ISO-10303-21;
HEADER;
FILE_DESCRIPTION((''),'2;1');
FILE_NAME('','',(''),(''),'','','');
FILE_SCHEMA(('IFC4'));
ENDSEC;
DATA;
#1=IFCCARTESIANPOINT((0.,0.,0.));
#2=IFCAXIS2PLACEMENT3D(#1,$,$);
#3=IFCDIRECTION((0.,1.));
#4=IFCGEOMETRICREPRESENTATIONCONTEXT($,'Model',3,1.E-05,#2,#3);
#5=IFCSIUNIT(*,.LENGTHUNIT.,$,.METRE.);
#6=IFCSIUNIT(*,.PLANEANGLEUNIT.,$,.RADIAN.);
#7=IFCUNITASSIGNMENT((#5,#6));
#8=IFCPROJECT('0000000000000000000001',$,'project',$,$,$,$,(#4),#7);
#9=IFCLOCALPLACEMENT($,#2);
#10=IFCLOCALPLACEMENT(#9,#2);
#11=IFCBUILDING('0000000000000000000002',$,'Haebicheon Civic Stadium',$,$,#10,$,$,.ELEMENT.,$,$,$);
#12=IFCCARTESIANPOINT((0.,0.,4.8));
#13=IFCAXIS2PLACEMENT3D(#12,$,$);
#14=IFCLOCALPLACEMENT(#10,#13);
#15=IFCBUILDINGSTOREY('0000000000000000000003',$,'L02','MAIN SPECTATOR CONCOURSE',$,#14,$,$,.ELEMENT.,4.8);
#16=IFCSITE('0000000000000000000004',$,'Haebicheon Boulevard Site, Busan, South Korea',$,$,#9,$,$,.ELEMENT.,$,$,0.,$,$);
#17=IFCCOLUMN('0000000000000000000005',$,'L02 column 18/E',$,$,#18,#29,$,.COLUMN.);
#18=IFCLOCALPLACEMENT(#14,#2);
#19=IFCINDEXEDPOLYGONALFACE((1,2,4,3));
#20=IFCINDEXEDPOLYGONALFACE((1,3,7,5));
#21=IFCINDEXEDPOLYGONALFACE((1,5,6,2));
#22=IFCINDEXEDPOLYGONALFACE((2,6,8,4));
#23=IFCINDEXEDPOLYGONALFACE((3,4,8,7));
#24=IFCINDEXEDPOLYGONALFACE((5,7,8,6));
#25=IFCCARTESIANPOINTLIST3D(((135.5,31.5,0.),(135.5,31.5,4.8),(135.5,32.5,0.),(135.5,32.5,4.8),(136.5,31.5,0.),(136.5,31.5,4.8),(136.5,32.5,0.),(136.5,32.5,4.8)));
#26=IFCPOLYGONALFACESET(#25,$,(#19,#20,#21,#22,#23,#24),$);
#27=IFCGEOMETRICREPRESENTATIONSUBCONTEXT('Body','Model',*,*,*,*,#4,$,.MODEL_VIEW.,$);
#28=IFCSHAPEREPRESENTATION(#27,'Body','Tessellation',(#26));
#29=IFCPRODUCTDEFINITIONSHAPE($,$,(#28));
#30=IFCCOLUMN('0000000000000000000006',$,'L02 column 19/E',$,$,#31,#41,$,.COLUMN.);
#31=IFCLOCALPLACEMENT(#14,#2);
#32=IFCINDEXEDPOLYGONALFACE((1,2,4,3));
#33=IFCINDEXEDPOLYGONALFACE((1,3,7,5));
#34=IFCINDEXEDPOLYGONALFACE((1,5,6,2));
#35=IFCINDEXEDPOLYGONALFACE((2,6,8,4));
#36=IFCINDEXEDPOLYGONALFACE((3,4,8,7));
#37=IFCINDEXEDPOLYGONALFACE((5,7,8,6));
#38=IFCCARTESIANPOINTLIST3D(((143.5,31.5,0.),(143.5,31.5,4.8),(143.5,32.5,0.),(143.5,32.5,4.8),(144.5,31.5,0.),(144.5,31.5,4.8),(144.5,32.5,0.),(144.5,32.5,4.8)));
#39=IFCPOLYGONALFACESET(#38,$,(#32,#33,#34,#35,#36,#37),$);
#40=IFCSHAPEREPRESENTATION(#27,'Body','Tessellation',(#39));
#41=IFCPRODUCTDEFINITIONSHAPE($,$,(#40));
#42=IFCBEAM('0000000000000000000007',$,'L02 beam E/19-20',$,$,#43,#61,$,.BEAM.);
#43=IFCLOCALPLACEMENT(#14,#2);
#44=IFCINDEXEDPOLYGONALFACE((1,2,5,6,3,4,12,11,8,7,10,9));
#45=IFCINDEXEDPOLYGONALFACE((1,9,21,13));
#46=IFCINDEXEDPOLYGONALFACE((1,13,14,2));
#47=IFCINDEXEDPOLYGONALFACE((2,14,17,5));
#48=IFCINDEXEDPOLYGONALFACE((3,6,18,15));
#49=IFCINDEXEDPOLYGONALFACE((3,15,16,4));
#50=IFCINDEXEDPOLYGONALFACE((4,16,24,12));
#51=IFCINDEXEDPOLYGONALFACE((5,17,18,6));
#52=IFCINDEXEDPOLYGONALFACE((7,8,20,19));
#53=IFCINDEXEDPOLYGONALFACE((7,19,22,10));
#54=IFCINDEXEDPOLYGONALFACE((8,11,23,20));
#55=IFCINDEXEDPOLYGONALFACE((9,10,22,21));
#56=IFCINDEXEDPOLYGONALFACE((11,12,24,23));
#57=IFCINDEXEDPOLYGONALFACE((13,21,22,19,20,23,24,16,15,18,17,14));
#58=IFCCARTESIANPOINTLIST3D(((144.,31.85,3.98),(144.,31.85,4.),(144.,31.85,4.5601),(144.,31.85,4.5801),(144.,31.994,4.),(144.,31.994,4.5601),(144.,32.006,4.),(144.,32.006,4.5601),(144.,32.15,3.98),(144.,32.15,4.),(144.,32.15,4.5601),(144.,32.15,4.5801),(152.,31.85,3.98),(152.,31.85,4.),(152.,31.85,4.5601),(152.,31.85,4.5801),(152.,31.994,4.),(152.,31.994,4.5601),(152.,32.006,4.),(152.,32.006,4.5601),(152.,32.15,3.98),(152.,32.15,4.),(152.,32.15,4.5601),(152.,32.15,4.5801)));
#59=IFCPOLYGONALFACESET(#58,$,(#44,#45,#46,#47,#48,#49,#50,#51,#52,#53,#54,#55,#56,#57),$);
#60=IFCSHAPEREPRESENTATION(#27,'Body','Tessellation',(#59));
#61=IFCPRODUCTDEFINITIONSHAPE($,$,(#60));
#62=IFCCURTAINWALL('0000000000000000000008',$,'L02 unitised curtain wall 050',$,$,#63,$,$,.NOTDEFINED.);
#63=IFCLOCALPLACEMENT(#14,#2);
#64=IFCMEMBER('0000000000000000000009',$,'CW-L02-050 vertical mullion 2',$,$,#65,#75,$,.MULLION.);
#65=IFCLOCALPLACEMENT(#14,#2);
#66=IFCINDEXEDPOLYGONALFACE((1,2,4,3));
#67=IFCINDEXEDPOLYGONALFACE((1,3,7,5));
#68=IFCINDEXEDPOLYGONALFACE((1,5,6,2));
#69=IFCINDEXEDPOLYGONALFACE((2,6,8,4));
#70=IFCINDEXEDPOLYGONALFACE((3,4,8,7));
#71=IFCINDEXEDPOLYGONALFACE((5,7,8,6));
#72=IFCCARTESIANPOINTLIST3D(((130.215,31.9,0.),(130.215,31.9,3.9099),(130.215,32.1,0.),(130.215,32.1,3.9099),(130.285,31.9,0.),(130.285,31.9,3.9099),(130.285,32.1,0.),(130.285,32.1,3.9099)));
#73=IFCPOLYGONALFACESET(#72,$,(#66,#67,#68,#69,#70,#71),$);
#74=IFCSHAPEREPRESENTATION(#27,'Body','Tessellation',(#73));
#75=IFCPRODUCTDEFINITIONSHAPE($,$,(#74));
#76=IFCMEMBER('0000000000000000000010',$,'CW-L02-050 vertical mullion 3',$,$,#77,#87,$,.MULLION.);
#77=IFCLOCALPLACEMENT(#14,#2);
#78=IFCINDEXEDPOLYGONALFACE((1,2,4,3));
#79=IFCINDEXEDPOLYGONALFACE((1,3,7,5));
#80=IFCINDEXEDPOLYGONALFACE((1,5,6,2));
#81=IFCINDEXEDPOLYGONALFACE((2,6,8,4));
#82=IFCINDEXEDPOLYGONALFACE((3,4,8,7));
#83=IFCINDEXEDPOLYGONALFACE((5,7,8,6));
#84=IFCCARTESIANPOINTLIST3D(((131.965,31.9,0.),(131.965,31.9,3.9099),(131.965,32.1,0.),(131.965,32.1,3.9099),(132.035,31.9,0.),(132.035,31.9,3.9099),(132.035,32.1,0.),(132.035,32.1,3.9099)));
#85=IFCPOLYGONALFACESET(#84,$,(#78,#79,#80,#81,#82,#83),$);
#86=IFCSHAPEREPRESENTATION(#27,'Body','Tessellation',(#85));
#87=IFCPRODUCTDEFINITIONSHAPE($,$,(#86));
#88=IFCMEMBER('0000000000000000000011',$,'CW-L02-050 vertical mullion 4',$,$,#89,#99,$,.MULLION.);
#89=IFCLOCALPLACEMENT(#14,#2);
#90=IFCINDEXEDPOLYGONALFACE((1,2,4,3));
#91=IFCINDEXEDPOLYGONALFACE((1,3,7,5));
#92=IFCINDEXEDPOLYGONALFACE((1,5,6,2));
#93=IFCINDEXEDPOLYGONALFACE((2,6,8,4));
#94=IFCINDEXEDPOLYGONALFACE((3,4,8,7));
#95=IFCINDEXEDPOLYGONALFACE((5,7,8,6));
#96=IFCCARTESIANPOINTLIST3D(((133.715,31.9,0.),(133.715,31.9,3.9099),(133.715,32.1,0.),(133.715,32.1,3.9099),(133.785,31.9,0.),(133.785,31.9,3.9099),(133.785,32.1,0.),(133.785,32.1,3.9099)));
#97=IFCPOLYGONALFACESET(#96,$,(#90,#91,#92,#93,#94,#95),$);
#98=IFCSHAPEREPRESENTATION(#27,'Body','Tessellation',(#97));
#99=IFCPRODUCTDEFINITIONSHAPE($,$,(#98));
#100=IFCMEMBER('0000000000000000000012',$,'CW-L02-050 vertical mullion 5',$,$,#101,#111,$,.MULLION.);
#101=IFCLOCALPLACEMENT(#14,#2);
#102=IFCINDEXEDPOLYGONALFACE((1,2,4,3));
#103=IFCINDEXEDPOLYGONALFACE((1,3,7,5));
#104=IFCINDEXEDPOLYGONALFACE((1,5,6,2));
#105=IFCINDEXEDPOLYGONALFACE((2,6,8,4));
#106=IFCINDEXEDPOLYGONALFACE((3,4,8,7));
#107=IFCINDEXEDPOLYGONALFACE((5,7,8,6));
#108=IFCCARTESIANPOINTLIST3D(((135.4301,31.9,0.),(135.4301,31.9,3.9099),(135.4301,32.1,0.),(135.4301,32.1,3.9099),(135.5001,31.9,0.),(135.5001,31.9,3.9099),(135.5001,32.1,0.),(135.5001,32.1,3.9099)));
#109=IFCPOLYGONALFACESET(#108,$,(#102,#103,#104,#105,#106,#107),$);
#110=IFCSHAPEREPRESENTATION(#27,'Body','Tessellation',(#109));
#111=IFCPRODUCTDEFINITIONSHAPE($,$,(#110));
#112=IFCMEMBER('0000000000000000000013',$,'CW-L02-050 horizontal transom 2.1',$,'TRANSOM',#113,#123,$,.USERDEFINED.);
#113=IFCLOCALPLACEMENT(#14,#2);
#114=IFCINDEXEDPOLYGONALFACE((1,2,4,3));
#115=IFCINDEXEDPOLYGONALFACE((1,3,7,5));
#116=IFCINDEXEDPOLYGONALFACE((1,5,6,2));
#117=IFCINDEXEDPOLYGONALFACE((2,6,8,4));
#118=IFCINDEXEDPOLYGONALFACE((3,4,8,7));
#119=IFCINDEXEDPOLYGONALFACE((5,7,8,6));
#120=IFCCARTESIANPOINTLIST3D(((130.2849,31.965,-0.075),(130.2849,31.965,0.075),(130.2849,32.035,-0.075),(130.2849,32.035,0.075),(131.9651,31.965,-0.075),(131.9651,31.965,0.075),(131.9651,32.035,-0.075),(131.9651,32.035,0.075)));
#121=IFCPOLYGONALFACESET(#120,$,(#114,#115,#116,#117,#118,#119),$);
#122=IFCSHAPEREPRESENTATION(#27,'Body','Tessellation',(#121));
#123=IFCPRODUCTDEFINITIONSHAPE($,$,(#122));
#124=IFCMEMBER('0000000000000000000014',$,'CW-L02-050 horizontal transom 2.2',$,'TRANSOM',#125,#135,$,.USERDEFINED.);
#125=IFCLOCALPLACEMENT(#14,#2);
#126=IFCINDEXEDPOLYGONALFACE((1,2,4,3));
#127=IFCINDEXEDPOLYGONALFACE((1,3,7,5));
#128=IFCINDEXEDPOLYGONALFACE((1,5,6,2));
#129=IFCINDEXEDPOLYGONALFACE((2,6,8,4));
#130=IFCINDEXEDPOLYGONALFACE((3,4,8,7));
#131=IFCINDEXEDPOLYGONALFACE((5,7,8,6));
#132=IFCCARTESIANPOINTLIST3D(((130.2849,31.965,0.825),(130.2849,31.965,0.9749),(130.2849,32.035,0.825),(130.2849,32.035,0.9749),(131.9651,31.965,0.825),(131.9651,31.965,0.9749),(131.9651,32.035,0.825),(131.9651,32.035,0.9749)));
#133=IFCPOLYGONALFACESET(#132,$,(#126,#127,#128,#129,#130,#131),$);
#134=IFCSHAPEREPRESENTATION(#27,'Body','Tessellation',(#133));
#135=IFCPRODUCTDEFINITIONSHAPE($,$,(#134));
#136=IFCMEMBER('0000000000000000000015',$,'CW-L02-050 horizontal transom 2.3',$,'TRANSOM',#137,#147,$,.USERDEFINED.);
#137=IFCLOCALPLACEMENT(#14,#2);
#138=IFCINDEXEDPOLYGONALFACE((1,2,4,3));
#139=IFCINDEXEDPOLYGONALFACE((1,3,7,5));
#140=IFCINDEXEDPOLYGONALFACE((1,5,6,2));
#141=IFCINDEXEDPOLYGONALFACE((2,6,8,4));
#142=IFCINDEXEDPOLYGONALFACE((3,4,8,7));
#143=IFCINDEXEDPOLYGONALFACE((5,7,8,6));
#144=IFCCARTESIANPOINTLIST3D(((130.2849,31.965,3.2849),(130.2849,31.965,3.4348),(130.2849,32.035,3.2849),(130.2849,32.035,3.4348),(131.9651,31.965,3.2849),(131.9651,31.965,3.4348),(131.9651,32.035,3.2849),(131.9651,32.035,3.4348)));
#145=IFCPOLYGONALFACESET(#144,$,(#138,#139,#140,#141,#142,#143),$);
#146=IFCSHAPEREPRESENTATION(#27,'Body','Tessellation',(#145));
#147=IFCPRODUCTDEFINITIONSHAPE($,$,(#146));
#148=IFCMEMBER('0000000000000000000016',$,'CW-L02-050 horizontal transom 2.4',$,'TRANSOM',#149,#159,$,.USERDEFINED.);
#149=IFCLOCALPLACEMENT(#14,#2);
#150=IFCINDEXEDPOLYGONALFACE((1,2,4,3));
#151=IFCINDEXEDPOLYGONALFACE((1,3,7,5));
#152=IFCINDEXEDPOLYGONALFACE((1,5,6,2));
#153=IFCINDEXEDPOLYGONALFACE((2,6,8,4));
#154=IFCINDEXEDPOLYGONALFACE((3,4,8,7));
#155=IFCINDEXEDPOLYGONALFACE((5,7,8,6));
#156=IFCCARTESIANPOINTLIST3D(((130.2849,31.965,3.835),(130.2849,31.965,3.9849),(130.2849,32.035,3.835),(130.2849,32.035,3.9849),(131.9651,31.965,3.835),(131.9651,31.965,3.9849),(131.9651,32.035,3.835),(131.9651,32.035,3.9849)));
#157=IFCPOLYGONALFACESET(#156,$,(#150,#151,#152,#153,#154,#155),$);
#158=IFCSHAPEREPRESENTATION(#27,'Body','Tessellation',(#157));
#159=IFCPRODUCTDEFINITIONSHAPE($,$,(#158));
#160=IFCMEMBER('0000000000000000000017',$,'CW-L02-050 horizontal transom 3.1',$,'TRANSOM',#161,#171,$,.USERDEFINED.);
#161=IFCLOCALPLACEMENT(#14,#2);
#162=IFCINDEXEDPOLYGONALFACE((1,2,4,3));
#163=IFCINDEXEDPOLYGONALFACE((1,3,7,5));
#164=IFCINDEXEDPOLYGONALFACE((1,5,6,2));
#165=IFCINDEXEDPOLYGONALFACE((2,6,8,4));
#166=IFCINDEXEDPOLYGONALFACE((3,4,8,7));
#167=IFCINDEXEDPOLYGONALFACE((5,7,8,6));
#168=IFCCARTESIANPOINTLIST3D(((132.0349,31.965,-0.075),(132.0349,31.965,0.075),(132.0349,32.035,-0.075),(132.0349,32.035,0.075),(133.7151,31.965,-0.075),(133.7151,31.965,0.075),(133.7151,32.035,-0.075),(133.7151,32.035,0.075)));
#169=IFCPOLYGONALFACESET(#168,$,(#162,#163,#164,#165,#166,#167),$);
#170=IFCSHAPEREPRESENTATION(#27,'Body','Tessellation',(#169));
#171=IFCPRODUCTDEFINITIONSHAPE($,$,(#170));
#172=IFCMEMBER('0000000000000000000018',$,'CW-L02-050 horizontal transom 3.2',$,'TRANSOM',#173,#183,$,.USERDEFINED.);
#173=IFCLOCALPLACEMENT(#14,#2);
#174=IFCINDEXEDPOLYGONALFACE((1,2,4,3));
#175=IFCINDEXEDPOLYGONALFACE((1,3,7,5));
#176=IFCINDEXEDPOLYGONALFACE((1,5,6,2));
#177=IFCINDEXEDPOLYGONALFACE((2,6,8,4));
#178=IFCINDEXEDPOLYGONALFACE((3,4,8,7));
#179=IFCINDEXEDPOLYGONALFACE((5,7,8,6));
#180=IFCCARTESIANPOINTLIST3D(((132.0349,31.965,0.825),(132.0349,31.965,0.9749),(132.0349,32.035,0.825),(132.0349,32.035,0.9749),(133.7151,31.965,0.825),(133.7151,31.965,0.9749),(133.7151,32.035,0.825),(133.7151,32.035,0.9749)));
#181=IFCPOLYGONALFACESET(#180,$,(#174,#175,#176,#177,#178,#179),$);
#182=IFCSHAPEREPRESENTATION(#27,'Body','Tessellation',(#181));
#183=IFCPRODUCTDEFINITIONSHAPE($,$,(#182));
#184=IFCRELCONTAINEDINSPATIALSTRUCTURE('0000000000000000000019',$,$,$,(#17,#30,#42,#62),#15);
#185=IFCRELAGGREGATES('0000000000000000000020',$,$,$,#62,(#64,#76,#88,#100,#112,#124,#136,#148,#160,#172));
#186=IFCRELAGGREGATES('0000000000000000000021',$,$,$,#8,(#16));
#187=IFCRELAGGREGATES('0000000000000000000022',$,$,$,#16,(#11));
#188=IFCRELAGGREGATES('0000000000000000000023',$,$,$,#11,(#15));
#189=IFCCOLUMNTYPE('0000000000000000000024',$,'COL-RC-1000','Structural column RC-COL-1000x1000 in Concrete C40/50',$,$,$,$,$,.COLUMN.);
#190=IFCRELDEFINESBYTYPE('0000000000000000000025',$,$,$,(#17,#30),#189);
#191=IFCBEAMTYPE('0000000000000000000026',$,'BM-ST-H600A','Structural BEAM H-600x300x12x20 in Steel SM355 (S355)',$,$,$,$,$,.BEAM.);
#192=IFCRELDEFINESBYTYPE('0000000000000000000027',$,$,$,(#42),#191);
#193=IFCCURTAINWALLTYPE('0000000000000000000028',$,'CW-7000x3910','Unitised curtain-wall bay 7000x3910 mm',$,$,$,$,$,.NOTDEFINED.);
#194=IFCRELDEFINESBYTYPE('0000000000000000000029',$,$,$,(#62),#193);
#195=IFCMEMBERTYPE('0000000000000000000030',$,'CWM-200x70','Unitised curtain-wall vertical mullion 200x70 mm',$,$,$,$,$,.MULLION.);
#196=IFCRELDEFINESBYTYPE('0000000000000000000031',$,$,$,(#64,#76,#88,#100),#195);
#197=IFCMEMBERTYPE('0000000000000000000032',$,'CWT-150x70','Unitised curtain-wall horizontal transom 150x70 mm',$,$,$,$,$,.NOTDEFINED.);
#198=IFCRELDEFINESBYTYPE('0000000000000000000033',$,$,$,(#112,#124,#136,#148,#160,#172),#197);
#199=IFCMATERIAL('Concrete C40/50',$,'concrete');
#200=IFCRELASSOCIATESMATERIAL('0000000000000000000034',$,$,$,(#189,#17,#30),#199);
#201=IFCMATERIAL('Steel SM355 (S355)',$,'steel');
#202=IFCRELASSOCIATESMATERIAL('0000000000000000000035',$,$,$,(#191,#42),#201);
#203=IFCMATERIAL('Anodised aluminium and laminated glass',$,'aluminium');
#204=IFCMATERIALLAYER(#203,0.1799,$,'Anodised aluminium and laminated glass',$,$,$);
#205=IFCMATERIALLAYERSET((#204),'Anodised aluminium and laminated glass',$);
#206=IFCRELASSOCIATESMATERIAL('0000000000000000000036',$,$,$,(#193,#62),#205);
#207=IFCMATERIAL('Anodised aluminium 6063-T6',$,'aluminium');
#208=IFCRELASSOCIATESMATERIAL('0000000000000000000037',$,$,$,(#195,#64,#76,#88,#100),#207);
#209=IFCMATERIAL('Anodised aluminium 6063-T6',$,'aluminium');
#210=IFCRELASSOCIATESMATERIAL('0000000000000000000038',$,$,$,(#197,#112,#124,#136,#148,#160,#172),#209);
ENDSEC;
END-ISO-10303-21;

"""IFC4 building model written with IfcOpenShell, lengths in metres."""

from ifc_helpers import new_model, si_unit, direction, frame, origin, origin_2d, place, context, subcontext, project, spatial, rectangle, i_section, extrude, material, layer, layer_set, material_profile, profile_set, type_object, element, aggregate, save


model = new_model("IFC4")

# Units and contexts
model_context = context("Model", 3, precision=1e-05, world=origin(), true_north=direction((0.0, 1.0)))
body_context = subcontext(model_context, "Body", "Model", "MODEL_VIEW")
ifc_project = project(units=[si_unit("LENGTHUNIT", "METRE"), si_unit("PLANEANGLEUNIT", "RADIAN")], contexts=[model_context])

# Site, building, storey
site_placement = place(None, origin())
site = spatial("IfcSite", under=ifc_project, at=site_placement, Name="Haebicheon Boulevard Site, Busan, South Korea", CompositionType="ELEMENT", RefElevation=0.0)
building_placement = place(site_placement, origin())
building = spatial("IfcBuilding", under=site, at=building_placement, Name="Haebicheon Civic Stadium", CompositionType="ELEMENT")
storey_placement = place(building_placement, frame((0.0, 0.0, 4.8)))
storey = spatial("IfcBuildingStorey", under=building, at=storey_placement, Name="L02", Description="MAIN SPECTATOR CONCOURSE", CompositionType="ELEMENT", Elevation=4.8)

# Columns
ifc_material_1 = material(Name="Concrete C40/50", Category="concrete")
ifc_material_profile_1 = material_profile(ifc_material_1, rectangle(XDim=1.0, YDim=1.0, at=origin_2d()), Name="RC-COL-1000x1000")
ifc_profile_set_1 = profile_set([ifc_material_profile_1], Name="Concrete C40/50")
column_type = type_object("IfcColumnType", Name="COL-RC-1000", Description="Structural column RC-COL-1000x1000 in Concrete C40/50", PredefinedType="COLUMN", material=ifc_profile_set_1)
for number, where, z_axis, x_axis, name in (
    (1, (136.0, 32.0, 0.0), (0.0, 0.0, 1.0), (1.0, 0.0, 0.0), "L02 column 18/E"),
    (2, (144.0, 32.0, 0.0), (0.0, 0.0, 1.0), (1.0, 0.0, 0.0), "L02 column 19/E"),
):
    element("IfcColumn", number, at=place(storey_placement, frame(where, z_axis=z_axis, x_axis=x_axis)), inside=storey, type_object=column_type, material=ifc_profile_set_1, Name=name, PredefinedType="COLUMN", context=body_context, shape_type="SweptSolid", body=[
        extrude(rectangle(XDim=1.0, YDim=1.0, at=origin_2d()), origin(), (0.0, 0.0, 1.0), 4.8),
    ])

# Beam
ifc_material_2 = material(Name="Steel SM355 (S355)", Category="steel")
ifc_material_profile_2 = material_profile(ifc_material_2, i_section(OverallWidth=0.3, OverallDepth=0.6001, WebThickness=0.012, FlangeThickness=0.02, at=origin_2d()), Name="H-600x300x12x20")
ifc_profile_set_2 = profile_set([ifc_material_profile_2], Name="Steel SM355 (S355)")
beam_type_1 = type_object("IfcBeamType", Name="BM-ST-H600A", Description="Structural BEAM H-600x300x12x20 in Steel SM355 (S355)", PredefinedType="BEAM", material=ifc_profile_set_2)
beam_placement = place(storey_placement, frame((144.0, 32.0, 4.28), z_axis=(1.0, 0.0, 0.0), x_axis=(0.0, 1.0, 0.0)))
element("IfcBeam", 3, at=beam_placement, inside=storey, type_object=beam_type_1, material=ifc_profile_set_2, Name="L02 beam E/19-20", PredefinedType="BEAM", context=body_context, shape_type="SweptSolid", body=[
    extrude(i_section(OverallWidth=0.3, OverallDepth=0.6001, WebThickness=0.012, FlangeThickness=0.02, at=origin_2d()), origin(), (0.0, 0.0, 1.0), 8.0),
])

# Curtain wall, members
ifc_material_3 = material(Name="Anodised aluminium and laminated glass", Category="aluminium")
ifc_layer_1 = layer(ifc_material_3, 0.1799, Name="Anodised aluminium and laminated glass")
ifc_layer_set_1 = layer_set([ifc_layer_1], Name="Anodised aluminium and laminated glass")
curtain_wall_type = type_object("IfcCurtainWallType", Name="CW-7000x3910", Description="Unitised curtain-wall bay 7000x3910 mm", PredefinedType="NOTDEFINED", material=ifc_layer_set_1)
curtain_wall_placement = place(storey_placement, origin())
curtain_wall = element("IfcCurtainWall", 4, at=curtain_wall_placement, inside=storey, type_object=curtain_wall_type, material=ifc_layer_set_1, Name="L02 unitised curtain wall 050", PredefinedType="NOTDEFINED")
ifc_material_4 = material(Name="Anodised aluminium 6063-T6", Category="aluminium")
ifc_material_profile_3 = material_profile(ifc_material_4, rectangle(XDim=0.0701, YDim=0.2, at=origin_2d()), Name="ALU-MULL-70x200")
ifc_profile_set_3 = profile_set([ifc_material_profile_3], Name="Anodised aluminium 6063-T6")
member_type_1 = type_object("IfcMemberType", Name="CWM-200x70", Description="Unitised curtain-wall vertical mullion 200x70 mm", PredefinedType="MULLION", material=ifc_profile_set_3)
member_1_placement = place(storey_placement, frame((130.25, 32.0, 0.0), z_axis=(0.0, 0.0, 1.0), x_axis=(1.0, 0.0, 0.0)))
member_1 = element("IfcMember", 5, at=member_1_placement, type_object=member_type_1, material=ifc_profile_set_3, Name="CW-L02-050 vertical mullion 2", PredefinedType="MULLION", context=body_context, shape_type="SweptSolid", body=[
    extrude(rectangle(XDim=0.0701, YDim=0.2, at=origin_2d()), origin(), (0.0, 0.0, 1.0), 3.9099),
])
member_2_placement = place(storey_placement, frame((132.0, 32.0, 0.0), z_axis=(0.0, 0.0, 1.0), x_axis=(1.0, 0.0, 0.0)))
member_2 = element("IfcMember", 6, at=member_2_placement, type_object=member_type_1, material=ifc_profile_set_3, Name="CW-L02-050 vertical mullion 3", PredefinedType="MULLION", context=body_context, shape_type="SweptSolid", body=[
    extrude(rectangle(XDim=0.0701, YDim=0.2, at=origin_2d()), origin(), (0.0, 0.0, 1.0), 3.9099),
])
member_3_placement = place(storey_placement, frame((133.75, 32.0, 0.0), z_axis=(0.0, 0.0, 1.0), x_axis=(1.0, 0.0, 0.0)))
member_3 = element("IfcMember", 7, at=member_3_placement, type_object=member_type_1, material=ifc_profile_set_3, Name="CW-L02-050 vertical mullion 4", PredefinedType="MULLION", context=body_context, shape_type="SweptSolid", body=[
    extrude(rectangle(XDim=0.0701, YDim=0.2, at=origin_2d()), origin(), (0.0, 0.0, 1.0), 3.9099),
])
member_4_placement = place(storey_placement, frame((135.4651, 32.0, 0.0), z_axis=(0.0, 0.0, 1.0), x_axis=(1.0, 0.0, 0.0)))
member_4 = element("IfcMember", 8, at=member_4_placement, type_object=member_type_1, material=ifc_profile_set_3, Name="CW-L02-050 vertical mullion 5", PredefinedType="MULLION", context=body_context, shape_type="SweptSolid", body=[
    extrude(rectangle(XDim=0.0701, YDim=0.2, at=origin_2d()), origin(), (0.0, 0.0, 1.0), 3.9099),
])
ifc_material_5 = material(Name="Anodised aluminium 6063-T6", Category="aluminium")
ifc_material_profile_4 = material_profile(ifc_material_5, rectangle(XDim=0.0701, YDim=0.1499, at=origin_2d()), Name="ALU-TRAN-70x150")
ifc_profile_set_4 = profile_set([ifc_material_profile_4], Name="Anodised aluminium 6063-T6")
member_type_2 = type_object("IfcMemberType", Name="CWT-150x70", Description="Unitised curtain-wall horizontal transom 150x70 mm", PredefinedType="NOTDEFINED", material=ifc_profile_set_4)
member_5_placement = place(storey_placement, frame((130.2849, 32.0, 0.0), z_axis=(1.0, 0.0, 0.0), x_axis=(0.0, 1.0, 0.0)))
member_5 = element("IfcMember", 9, at=member_5_placement, type_object=member_type_2, material=ifc_profile_set_4, Name="CW-L02-050 horizontal transom 2.1", ObjectType="TRANSOM", PredefinedType="USERDEFINED", context=body_context, shape_type="SweptSolid", body=[
    extrude(rectangle(XDim=0.0701, YDim=0.1499, at=origin_2d()), origin(), (0.0, 0.0, 1.0), 1.6802),
])
member_6_placement = place(storey_placement, frame((130.2849, 32.0, 0.8999), z_axis=(1.0, 0.0, 0.0), x_axis=(0.0, 1.0, 0.0)))
member_6 = element("IfcMember", 10, at=member_6_placement, type_object=member_type_2, material=ifc_profile_set_4, Name="CW-L02-050 horizontal transom 2.2", ObjectType="TRANSOM", PredefinedType="USERDEFINED", context=body_context, shape_type="SweptSolid", body=[
    extrude(rectangle(XDim=0.0701, YDim=0.1499, at=origin_2d()), origin(), (0.0, 0.0, 1.0), 1.6802),
])
member_7_placement = place(storey_placement, frame((130.2849, 32.0, 3.3599), z_axis=(1.0, 0.0, 0.0), x_axis=(0.0, 1.0, 0.0)))
member_7 = element("IfcMember", 11, at=member_7_placement, type_object=member_type_2, material=ifc_profile_set_4, Name="CW-L02-050 horizontal transom 2.3", ObjectType="TRANSOM", PredefinedType="USERDEFINED", context=body_context, shape_type="SweptSolid", body=[
    extrude(rectangle(XDim=0.0701, YDim=0.1499, at=origin_2d()), origin(), (0.0, 0.0, 1.0), 1.6802),
])
member_8_placement = place(storey_placement, frame((130.2849, 32.0, 3.9099), z_axis=(1.0, 0.0, 0.0), x_axis=(0.0, 1.0, 0.0)))
member_8 = element("IfcMember", 12, at=member_8_placement, type_object=member_type_2, material=ifc_profile_set_4, Name="CW-L02-050 horizontal transom 2.4", ObjectType="TRANSOM", PredefinedType="USERDEFINED", context=body_context, shape_type="SweptSolid", body=[
    extrude(rectangle(XDim=0.0701, YDim=0.1499, at=origin_2d()), origin(), (0.0, 0.0, 1.0), 1.6802),
])
member_9_placement = place(storey_placement, frame((132.0349, 32.0, 0.0), z_axis=(1.0, 0.0, 0.0), x_axis=(0.0, 1.0, 0.0)))
member_9 = element("IfcMember", 13, at=member_9_placement, type_object=member_type_2, material=ifc_profile_set_4, Name="CW-L02-050 horizontal transom 3.1", ObjectType="TRANSOM", PredefinedType="USERDEFINED", context=body_context, shape_type="SweptSolid", body=[
    extrude(rectangle(XDim=0.0701, YDim=0.1499, at=origin_2d()), origin(), (0.0, 0.0, 1.0), 1.6802),
])
member_10_placement = place(storey_placement, frame((132.0349, 32.0, 0.8999), z_axis=(1.0, 0.0, 0.0), x_axis=(0.0, 1.0, 0.0)))
member_10 = element("IfcMember", 14, at=member_10_placement, type_object=member_type_2, material=ifc_profile_set_4, Name="CW-L02-050 horizontal transom 3.2", ObjectType="TRANSOM", PredefinedType="USERDEFINED", context=body_context, shape_type="SweptSolid", body=[
    extrude(rectangle(XDim=0.0701, YDim=0.1499, at=origin_2d()), origin(), (0.0, 0.0, 1.0), 1.6802),
])

aggregate(curtain_wall, [member_1, member_2, member_3, member_4, member_5, member_6, member_7, member_8, member_9, member_10])

save(model, "model.ifc")
